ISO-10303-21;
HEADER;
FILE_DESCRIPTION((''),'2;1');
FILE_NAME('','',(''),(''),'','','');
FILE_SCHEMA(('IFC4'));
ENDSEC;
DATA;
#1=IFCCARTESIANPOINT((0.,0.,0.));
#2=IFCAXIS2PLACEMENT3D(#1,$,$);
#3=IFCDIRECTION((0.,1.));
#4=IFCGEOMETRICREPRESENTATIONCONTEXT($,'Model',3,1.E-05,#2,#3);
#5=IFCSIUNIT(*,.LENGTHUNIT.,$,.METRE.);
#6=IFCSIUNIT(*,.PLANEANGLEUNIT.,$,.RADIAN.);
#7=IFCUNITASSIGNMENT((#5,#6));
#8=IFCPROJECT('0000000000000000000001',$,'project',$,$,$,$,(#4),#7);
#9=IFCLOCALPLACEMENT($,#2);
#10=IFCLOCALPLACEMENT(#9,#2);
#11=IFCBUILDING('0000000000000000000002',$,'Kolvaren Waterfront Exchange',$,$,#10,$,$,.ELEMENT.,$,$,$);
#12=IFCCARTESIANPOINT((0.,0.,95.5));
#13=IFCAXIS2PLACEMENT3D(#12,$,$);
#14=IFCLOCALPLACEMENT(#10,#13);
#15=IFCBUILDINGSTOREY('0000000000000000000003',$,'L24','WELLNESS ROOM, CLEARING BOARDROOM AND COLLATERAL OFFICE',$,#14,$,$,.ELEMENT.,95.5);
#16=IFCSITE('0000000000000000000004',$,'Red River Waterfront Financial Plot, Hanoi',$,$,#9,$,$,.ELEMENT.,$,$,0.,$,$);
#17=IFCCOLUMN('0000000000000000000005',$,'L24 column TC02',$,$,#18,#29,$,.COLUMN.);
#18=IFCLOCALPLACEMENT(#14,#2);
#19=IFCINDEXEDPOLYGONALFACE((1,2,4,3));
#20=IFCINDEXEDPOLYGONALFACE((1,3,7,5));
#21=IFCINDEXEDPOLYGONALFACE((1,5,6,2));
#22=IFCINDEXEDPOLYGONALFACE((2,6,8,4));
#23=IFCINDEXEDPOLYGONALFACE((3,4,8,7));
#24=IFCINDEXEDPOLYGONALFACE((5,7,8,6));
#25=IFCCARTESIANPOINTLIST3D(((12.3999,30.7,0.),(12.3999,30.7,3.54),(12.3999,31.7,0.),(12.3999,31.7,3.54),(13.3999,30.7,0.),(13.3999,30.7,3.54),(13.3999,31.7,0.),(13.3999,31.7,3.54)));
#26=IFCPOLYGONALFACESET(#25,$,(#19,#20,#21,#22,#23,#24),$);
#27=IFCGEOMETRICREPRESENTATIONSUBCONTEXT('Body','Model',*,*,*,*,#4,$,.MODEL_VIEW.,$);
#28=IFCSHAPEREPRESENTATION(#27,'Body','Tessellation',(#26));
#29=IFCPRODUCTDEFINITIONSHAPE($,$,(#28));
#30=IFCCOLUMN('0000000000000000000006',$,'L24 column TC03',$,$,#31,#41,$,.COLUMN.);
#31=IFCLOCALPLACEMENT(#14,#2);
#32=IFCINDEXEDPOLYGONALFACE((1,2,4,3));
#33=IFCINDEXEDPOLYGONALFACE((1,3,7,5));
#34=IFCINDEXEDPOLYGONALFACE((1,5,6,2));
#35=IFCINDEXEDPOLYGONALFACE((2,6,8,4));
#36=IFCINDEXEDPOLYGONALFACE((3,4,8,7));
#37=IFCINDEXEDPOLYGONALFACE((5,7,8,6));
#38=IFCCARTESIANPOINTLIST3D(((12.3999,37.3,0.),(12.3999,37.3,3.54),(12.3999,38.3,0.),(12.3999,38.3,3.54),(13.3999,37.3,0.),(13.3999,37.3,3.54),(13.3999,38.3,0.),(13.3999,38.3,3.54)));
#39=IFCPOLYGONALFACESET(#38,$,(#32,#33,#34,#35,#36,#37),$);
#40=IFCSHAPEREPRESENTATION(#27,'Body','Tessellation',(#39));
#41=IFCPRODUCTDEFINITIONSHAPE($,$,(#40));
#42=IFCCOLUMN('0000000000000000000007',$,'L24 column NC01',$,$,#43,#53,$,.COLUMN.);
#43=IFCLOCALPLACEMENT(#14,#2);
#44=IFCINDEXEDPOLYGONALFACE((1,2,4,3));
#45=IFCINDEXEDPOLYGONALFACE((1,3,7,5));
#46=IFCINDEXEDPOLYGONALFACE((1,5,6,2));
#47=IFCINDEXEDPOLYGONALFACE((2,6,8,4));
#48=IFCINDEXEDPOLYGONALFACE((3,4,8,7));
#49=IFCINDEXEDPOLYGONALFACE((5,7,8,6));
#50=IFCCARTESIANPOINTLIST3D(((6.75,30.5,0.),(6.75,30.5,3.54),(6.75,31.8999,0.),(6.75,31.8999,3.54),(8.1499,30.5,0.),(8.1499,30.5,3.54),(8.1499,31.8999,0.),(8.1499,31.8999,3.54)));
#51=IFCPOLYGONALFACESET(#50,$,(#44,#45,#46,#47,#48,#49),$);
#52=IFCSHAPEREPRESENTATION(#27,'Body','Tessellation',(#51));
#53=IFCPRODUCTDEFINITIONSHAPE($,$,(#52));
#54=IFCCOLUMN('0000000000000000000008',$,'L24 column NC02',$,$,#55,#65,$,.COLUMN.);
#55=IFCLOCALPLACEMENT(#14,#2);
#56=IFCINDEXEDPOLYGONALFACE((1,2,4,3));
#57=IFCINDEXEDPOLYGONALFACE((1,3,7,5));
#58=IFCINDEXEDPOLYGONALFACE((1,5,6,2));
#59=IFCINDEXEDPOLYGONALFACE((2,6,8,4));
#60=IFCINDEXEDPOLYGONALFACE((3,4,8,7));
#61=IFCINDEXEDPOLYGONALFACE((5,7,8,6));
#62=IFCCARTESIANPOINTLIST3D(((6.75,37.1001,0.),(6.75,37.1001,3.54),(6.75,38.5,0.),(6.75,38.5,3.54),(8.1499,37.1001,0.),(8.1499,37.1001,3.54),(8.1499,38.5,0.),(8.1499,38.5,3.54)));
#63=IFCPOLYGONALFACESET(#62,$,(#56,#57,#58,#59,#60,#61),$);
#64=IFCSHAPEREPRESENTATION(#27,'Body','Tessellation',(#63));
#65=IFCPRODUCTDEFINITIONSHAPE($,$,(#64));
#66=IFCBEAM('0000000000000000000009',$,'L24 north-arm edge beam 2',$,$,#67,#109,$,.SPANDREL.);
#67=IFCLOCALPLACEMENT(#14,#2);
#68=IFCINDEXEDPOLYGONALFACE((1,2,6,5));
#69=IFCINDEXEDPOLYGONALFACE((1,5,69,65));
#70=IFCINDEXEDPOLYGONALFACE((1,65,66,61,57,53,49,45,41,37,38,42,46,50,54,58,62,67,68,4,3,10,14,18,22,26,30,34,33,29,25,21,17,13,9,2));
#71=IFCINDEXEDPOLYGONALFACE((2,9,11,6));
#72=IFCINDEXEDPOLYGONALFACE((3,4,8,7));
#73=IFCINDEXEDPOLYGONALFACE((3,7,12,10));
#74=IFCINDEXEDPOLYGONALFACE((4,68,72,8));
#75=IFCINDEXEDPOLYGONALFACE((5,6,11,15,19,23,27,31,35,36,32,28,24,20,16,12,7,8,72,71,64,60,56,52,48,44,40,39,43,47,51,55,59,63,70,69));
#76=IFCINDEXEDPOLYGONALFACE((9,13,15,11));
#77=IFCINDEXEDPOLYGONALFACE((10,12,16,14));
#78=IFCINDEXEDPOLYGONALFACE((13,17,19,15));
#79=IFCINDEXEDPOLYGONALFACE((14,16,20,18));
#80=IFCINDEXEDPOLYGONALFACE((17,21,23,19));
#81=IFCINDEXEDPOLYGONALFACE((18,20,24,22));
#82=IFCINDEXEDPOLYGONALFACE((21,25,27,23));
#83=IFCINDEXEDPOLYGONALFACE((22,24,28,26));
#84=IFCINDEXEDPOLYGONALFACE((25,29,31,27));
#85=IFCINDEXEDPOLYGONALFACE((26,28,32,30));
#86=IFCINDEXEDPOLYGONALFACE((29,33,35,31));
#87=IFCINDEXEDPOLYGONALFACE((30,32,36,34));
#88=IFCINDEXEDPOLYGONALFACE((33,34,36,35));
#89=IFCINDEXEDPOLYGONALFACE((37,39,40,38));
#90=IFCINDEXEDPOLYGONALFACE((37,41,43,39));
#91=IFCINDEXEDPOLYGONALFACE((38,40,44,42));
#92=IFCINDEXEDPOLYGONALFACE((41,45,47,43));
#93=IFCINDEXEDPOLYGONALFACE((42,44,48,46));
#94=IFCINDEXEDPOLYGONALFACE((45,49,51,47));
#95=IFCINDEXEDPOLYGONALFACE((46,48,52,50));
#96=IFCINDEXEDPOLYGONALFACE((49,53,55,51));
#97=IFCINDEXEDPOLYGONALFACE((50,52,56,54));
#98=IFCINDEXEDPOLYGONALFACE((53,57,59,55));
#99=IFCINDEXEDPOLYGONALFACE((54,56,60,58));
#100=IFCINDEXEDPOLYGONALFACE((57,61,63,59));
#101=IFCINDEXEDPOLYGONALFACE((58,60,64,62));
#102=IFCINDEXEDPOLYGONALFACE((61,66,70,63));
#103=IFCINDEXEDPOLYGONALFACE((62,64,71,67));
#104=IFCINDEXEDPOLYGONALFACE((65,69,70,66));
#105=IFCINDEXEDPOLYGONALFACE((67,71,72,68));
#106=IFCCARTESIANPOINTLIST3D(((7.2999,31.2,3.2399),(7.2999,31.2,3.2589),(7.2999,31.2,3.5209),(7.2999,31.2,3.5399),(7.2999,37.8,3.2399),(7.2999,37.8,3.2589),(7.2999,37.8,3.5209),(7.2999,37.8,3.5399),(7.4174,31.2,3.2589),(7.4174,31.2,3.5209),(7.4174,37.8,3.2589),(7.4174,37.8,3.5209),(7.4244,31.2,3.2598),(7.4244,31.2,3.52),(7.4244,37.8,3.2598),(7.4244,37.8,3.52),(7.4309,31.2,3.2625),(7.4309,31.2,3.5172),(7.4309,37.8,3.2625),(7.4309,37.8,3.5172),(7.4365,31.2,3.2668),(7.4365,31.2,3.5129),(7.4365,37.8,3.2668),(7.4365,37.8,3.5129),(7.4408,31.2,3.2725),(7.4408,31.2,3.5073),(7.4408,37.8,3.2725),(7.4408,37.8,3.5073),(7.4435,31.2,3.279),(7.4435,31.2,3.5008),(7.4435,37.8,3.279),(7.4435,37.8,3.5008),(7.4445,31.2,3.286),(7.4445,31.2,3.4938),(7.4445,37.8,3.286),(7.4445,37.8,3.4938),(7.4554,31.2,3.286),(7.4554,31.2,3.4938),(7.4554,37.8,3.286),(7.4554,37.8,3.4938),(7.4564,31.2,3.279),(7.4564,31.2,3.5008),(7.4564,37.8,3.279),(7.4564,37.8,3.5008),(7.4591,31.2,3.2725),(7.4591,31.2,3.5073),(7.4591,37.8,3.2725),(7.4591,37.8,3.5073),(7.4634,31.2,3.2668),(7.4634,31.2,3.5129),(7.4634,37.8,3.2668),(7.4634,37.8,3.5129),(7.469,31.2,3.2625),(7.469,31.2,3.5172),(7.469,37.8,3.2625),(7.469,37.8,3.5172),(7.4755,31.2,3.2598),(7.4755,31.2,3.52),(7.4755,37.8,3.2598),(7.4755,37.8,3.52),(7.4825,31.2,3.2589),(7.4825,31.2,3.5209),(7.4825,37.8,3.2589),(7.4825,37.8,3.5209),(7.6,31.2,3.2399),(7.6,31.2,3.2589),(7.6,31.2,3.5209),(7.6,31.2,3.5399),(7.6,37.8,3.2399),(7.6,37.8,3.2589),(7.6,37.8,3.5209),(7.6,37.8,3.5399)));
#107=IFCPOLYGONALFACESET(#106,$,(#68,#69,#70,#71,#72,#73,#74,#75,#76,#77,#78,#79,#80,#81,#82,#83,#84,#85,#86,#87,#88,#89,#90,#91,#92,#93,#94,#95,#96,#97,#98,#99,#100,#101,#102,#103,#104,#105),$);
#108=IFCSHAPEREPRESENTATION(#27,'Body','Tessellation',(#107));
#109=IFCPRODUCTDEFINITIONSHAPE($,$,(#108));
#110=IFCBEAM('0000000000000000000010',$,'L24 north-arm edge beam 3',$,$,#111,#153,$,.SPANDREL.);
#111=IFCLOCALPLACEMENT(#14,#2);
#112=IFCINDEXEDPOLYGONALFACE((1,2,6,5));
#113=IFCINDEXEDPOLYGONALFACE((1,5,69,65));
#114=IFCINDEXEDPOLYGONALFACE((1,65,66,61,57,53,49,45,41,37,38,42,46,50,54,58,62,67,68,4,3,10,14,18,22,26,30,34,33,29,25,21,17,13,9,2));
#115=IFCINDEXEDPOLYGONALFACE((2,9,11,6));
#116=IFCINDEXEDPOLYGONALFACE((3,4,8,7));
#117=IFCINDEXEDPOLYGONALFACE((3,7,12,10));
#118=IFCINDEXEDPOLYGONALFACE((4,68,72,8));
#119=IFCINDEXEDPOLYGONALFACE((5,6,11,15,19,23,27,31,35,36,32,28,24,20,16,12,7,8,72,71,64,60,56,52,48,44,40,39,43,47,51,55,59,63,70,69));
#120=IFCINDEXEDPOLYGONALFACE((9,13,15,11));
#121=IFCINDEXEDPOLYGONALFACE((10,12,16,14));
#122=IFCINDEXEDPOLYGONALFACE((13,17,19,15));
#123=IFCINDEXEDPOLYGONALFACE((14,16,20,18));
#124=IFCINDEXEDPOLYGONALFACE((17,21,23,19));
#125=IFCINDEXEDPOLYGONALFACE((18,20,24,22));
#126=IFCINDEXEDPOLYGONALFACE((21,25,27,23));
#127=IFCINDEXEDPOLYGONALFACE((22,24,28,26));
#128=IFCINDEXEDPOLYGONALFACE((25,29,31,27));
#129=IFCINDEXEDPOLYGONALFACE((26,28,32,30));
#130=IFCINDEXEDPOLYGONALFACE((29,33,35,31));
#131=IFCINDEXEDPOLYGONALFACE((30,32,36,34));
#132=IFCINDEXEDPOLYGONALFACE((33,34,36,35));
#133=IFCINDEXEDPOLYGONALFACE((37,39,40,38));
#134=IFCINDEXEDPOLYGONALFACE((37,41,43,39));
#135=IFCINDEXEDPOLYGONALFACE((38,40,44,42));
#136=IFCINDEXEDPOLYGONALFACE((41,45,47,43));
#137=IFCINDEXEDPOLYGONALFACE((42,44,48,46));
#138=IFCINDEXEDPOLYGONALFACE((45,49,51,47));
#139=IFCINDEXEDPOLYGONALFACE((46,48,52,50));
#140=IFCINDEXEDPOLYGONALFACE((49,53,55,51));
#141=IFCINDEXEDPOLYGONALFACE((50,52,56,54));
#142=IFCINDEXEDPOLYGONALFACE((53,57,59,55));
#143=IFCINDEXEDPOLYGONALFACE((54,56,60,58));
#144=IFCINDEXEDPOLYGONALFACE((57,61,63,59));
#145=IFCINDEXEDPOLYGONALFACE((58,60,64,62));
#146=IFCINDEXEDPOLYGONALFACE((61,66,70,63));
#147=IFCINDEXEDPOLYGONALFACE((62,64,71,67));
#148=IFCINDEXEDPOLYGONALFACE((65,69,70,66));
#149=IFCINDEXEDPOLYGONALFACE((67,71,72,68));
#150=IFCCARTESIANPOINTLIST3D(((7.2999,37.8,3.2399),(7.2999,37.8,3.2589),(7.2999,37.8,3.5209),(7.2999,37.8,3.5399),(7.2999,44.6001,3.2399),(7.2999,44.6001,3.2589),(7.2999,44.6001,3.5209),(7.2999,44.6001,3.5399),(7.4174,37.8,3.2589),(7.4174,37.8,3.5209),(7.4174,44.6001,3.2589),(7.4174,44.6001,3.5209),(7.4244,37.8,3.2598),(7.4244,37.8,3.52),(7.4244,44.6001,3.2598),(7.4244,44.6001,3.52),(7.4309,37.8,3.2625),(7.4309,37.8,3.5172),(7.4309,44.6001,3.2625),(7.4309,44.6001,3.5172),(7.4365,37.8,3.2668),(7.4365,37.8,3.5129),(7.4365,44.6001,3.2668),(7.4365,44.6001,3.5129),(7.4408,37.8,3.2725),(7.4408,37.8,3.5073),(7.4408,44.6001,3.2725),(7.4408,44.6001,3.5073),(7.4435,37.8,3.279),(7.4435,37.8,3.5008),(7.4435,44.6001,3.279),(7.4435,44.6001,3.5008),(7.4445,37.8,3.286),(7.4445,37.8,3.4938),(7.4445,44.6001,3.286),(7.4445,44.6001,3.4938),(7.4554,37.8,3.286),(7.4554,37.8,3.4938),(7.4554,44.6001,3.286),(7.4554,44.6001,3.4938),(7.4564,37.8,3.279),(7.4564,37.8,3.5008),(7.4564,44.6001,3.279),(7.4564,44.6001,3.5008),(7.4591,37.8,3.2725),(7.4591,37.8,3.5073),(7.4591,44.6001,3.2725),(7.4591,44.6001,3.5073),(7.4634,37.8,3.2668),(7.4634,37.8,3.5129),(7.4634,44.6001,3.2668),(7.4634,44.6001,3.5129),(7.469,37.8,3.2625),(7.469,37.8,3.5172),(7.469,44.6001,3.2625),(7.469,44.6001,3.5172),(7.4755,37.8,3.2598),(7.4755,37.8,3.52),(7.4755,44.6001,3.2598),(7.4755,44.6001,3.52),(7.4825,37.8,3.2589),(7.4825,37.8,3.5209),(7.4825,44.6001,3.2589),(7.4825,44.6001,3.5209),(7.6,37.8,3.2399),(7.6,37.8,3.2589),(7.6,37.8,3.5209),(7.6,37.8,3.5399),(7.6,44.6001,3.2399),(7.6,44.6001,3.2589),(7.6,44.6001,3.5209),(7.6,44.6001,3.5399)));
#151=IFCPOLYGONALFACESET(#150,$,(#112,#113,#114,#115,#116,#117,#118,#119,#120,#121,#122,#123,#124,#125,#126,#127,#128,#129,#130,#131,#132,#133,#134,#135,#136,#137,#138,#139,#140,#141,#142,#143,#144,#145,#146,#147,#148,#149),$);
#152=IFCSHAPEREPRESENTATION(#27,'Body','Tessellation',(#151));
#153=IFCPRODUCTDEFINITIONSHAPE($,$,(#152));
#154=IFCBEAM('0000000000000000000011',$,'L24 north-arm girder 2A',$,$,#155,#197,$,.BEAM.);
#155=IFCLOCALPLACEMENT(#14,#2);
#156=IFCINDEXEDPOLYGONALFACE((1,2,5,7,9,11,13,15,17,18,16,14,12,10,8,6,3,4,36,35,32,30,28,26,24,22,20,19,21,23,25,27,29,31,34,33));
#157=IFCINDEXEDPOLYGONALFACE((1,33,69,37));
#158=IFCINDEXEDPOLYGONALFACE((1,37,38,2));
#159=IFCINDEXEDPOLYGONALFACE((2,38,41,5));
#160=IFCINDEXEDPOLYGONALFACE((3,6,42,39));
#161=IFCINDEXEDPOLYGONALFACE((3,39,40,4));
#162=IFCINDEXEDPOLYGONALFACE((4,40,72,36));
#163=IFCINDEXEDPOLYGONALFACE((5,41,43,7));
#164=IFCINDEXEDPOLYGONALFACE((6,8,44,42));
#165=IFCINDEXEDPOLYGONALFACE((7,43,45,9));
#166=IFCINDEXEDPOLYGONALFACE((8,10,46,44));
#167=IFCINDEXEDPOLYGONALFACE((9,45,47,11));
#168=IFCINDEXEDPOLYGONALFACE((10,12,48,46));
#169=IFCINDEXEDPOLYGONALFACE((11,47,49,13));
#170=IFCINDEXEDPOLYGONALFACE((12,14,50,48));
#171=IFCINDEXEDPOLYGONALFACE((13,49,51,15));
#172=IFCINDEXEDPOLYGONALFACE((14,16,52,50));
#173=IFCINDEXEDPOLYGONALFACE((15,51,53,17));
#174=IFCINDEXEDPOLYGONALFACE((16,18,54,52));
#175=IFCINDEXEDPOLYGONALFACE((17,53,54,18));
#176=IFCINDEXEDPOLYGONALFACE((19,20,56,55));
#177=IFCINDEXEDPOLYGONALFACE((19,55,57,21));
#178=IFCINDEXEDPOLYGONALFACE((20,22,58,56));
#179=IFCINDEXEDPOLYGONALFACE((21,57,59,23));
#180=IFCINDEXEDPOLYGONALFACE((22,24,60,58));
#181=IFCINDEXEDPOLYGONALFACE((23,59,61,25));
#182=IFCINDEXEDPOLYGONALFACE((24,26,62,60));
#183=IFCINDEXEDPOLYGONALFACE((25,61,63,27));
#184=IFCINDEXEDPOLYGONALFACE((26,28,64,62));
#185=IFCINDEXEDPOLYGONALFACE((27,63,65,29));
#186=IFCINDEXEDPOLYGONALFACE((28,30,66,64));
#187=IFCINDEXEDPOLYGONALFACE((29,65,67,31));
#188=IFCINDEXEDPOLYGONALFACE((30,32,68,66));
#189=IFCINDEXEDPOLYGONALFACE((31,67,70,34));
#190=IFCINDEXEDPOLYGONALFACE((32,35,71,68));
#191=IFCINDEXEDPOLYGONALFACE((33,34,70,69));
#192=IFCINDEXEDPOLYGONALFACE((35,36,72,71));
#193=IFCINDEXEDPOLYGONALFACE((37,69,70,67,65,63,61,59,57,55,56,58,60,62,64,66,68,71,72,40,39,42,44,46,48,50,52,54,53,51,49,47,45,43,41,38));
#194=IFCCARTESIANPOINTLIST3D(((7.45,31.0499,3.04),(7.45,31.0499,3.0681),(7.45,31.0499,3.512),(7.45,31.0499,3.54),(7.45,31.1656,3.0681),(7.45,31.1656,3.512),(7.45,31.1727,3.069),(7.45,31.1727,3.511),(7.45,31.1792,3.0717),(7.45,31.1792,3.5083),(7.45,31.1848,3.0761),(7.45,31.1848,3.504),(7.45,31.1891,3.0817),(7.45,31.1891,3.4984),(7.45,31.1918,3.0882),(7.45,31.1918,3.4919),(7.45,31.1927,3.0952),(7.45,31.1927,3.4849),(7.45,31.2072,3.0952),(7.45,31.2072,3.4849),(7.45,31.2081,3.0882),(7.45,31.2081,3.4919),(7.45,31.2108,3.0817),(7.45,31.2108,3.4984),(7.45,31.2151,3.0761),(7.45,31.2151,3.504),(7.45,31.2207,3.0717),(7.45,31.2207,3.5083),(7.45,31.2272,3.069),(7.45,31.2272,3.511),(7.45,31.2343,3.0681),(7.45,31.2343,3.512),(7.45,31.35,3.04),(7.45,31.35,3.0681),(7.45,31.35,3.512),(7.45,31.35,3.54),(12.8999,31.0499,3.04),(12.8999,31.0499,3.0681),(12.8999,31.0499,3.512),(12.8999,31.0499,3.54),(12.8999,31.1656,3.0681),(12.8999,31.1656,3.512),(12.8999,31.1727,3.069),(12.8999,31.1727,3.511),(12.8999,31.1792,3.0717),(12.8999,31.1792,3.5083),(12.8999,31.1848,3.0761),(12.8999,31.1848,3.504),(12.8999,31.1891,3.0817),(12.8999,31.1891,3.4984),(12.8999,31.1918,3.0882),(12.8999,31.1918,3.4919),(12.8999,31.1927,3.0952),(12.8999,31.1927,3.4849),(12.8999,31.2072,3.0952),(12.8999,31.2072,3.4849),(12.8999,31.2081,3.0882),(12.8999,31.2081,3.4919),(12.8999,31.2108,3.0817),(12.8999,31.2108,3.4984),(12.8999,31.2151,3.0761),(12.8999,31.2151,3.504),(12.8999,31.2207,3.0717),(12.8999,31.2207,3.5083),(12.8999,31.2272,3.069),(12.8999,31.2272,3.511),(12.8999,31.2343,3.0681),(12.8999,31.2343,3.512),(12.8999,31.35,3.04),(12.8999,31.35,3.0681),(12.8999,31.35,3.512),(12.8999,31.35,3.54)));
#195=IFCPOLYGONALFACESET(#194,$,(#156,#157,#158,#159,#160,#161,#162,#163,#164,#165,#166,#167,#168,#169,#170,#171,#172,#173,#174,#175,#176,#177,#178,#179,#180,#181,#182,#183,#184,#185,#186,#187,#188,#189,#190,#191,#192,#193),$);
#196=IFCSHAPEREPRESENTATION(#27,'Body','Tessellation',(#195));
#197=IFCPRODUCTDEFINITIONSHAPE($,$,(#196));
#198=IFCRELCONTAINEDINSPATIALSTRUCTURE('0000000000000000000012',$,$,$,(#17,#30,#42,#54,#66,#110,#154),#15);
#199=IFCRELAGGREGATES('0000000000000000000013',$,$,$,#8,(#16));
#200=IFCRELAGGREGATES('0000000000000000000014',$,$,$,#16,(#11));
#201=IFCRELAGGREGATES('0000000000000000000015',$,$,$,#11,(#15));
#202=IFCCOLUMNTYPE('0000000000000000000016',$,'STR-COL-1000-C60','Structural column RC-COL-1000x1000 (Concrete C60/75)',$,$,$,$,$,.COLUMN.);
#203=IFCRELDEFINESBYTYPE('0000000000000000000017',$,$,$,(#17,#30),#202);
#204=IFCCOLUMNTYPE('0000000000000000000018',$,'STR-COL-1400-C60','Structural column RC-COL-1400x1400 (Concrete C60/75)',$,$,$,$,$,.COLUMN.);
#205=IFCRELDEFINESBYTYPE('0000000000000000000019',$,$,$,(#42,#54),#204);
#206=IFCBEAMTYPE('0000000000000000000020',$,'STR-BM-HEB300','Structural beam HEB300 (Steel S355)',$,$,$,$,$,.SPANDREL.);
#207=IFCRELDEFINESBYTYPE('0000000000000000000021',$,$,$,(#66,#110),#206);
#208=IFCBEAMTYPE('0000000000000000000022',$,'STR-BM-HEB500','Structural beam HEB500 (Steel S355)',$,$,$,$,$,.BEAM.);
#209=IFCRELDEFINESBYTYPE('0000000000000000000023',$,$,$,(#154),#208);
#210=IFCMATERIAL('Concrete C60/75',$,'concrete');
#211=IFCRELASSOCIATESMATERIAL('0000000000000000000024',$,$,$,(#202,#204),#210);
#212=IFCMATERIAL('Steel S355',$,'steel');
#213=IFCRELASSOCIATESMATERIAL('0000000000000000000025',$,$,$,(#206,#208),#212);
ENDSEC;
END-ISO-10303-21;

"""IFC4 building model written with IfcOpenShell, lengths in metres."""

from ifc_helpers import new_model, si_unit, direction, frame, origin, origin_2d, place, context, subcontext, project, spatial, rectangle, i_section, extrude, material, material_profile, profile_set, type_object, element, save


model = new_model("IFC4")

# Units and contexts
model_context = context("Model", 3, precision=1e-05, world=origin(), true_north=direction((0.0, 1.0)))
body_context = subcontext(model_context, "Body", "Model", "MODEL_VIEW")
ifc_project = project(units=[si_unit("LENGTHUNIT", "METRE"), si_unit("PLANEANGLEUNIT", "RADIAN")], contexts=[model_context])

# Site, building, storey
site_placement = place(None, origin())
site = spatial("IfcSite", under=ifc_project, at=site_placement, Name="Red River Waterfront Financial Plot, Hanoi", CompositionType="ELEMENT", RefElevation=0.0)
building_placement = place(site_placement, origin())
building = spatial("IfcBuilding", under=site, at=building_placement, Name="Kolvaren Waterfront Exchange", CompositionType="ELEMENT")
storey_placement = place(building_placement, frame((0.0, 0.0, 95.5)))
storey = spatial("IfcBuildingStorey", under=building, at=storey_placement, Name="L24", Description="WELLNESS ROOM, CLEARING BOARDROOM AND COLLATERAL OFFICE", CompositionType="ELEMENT", Elevation=95.5)

# Columns
ifc_material_1 = material(Name="Concrete C60/75", Category="concrete")
ifc_material_profile_1 = material_profile(ifc_material_1, rectangle(XDim=1.0, YDim=1.0, at=origin_2d()), Name="RC-COL-1000x1000")
ifc_profile_set_1 = profile_set([ifc_material_profile_1], Name="Concrete C60/75")
column_type_1 = type_object("IfcColumnType", Name="STR-COL-1000-C60", Description="Structural column RC-COL-1000x1000 (Concrete C60/75)", PredefinedType="COLUMN", material=ifc_profile_set_1)
for number, where, z_axis, x_axis, name in (
    (1, (12.8999, 31.2, 0.0), (0.0, 0.0, 1.0), (1.0, 0.0, 0.0), "L24 column TC02"),
    (2, (12.8999, 37.8, 0.0), (0.0, 0.0, 1.0), (1.0, 0.0, 0.0), "L24 column TC03"),
):
    element("IfcColumn", number, at=place(storey_placement, frame(where, z_axis=z_axis, x_axis=x_axis)), inside=storey, type_object=column_type_1, Name=name, PredefinedType="COLUMN", context=body_context, shape_type="SweptSolid", body=[
        extrude(rectangle(XDim=1.0, YDim=1.0, at=origin_2d()), origin(), (0.0, 0.0, 1.0), 3.54),
    ])
ifc_material_profile_2 = material_profile(ifc_material_1, rectangle(XDim=1.3999, YDim=1.3999, at=origin_2d()), Name="RC-COL-1400x1400")
ifc_profile_set_2 = profile_set([ifc_material_profile_2], Name="Concrete C60/75")
column_type_2 = type_object("IfcColumnType", Name="STR-COL-1400-C60", Description="Structural column RC-COL-1400x1400 (Concrete C60/75)", PredefinedType="COLUMN", material=ifc_profile_set_2)
for number, where, z_axis, x_axis, name in (
    (3, (7.45, 31.2, 0.0), (0.0, 0.0, 1.0), (1.0, 0.0, 0.0), "L24 column NC01"),
    (4, (7.45, 37.8, 0.0), (0.0, 0.0, 1.0), (1.0, 0.0, 0.0), "L24 column NC02"),
):
    element("IfcColumn", number, at=place(storey_placement, frame(where, z_axis=z_axis, x_axis=x_axis)), inside=storey, type_object=column_type_2, Name=name, PredefinedType="COLUMN", context=body_context, shape_type="SweptSolid", body=[
        extrude(rectangle(XDim=1.3999, YDim=1.3999, at=origin_2d()), origin(), (0.0, 0.0, 1.0), 3.54),
    ])

# Beams
ifc_material_2 = material(Name="Steel S355", Category="steel")
ifc_material_profile_3 = material_profile(ifc_material_2, i_section(OverallWidth=0.3, OverallDepth=0.3, WebThickness=0.011, FlangeThickness=0.019, FilletRadius=0.0271, at=origin_2d()), Name="HEB300")
ifc_profile_set_3 = profile_set([ifc_material_profile_3], Name="Steel S355")
beam_type_1 = type_object("IfcBeamType", Name="STR-BM-HEB300", Description="Structural beam HEB300 (Steel S355)", PredefinedType="SPANDREL", material=ifc_profile_set_3)
beam_1_placement = place(storey_placement, frame((7.45, 31.2, 3.3899), z_axis=(0.0, 1.0, 0.0), x_axis=(-1.0, 0.0, 0.0)))
element("IfcBeam", 5, at=beam_1_placement, inside=storey, type_object=beam_type_1, Name="L24 north-arm edge beam 2", PredefinedType="SPANDREL", context=body_context, shape_type="SweptSolid", body=[
    extrude(i_section(OverallWidth=0.3, OverallDepth=0.3, WebThickness=0.011, FlangeThickness=0.019, FilletRadius=0.0271, at=origin_2d()), origin(), (0.0, 0.0, 1.0), 6.6001),
])
beam_2_placement = place(storey_placement, frame((7.45, 37.8, 3.3899), z_axis=(0.0, 1.0, 0.0), x_axis=(-1.0, 0.0, 0.0)))
element("IfcBeam", 6, at=beam_2_placement, inside=storey, type_object=beam_type_1, Name="L24 north-arm edge beam 3", PredefinedType="SPANDREL", context=body_context, shape_type="SweptSolid", body=[
    extrude(i_section(OverallWidth=0.3, OverallDepth=0.3, WebThickness=0.011, FlangeThickness=0.019, FilletRadius=0.0271, at=origin_2d()), origin(), (0.0, 0.0, 1.0), 6.8),
])
ifc_material_profile_4 = material_profile(ifc_material_2, i_section(OverallWidth=0.3, OverallDepth=0.5, WebThickness=0.0144, FlangeThickness=0.0281, FilletRadius=0.0271, at=origin_2d()), Name="HEB500")
ifc_profile_set_4 = profile_set([ifc_material_profile_4], Name="Steel S355")
beam_type_2 = type_object("IfcBeamType", Name="STR-BM-HEB500", Description="Structural beam HEB500 (Steel S355)", PredefinedType="BEAM", material=ifc_profile_set_4)
beam_3_placement = place(storey_placement, frame((7.45, 31.2, 3.29), z_axis=(1.0, 0.0, 0.0), x_axis=(0.0, 1.0, 0.0)))
element("IfcBeam", 7, at=beam_3_placement, inside=storey, type_object=beam_type_2, Name="L24 north-arm girder 2A", PredefinedType="BEAM", context=body_context, shape_type="SweptSolid", body=[
    extrude(i_section(OverallWidth=0.3, OverallDepth=0.5, WebThickness=0.0144, FlangeThickness=0.0281, FilletRadius=0.0271, at=origin_2d()), origin(), (0.0, 0.0, 1.0), 5.45),
])

save(model, "model.ifc")
